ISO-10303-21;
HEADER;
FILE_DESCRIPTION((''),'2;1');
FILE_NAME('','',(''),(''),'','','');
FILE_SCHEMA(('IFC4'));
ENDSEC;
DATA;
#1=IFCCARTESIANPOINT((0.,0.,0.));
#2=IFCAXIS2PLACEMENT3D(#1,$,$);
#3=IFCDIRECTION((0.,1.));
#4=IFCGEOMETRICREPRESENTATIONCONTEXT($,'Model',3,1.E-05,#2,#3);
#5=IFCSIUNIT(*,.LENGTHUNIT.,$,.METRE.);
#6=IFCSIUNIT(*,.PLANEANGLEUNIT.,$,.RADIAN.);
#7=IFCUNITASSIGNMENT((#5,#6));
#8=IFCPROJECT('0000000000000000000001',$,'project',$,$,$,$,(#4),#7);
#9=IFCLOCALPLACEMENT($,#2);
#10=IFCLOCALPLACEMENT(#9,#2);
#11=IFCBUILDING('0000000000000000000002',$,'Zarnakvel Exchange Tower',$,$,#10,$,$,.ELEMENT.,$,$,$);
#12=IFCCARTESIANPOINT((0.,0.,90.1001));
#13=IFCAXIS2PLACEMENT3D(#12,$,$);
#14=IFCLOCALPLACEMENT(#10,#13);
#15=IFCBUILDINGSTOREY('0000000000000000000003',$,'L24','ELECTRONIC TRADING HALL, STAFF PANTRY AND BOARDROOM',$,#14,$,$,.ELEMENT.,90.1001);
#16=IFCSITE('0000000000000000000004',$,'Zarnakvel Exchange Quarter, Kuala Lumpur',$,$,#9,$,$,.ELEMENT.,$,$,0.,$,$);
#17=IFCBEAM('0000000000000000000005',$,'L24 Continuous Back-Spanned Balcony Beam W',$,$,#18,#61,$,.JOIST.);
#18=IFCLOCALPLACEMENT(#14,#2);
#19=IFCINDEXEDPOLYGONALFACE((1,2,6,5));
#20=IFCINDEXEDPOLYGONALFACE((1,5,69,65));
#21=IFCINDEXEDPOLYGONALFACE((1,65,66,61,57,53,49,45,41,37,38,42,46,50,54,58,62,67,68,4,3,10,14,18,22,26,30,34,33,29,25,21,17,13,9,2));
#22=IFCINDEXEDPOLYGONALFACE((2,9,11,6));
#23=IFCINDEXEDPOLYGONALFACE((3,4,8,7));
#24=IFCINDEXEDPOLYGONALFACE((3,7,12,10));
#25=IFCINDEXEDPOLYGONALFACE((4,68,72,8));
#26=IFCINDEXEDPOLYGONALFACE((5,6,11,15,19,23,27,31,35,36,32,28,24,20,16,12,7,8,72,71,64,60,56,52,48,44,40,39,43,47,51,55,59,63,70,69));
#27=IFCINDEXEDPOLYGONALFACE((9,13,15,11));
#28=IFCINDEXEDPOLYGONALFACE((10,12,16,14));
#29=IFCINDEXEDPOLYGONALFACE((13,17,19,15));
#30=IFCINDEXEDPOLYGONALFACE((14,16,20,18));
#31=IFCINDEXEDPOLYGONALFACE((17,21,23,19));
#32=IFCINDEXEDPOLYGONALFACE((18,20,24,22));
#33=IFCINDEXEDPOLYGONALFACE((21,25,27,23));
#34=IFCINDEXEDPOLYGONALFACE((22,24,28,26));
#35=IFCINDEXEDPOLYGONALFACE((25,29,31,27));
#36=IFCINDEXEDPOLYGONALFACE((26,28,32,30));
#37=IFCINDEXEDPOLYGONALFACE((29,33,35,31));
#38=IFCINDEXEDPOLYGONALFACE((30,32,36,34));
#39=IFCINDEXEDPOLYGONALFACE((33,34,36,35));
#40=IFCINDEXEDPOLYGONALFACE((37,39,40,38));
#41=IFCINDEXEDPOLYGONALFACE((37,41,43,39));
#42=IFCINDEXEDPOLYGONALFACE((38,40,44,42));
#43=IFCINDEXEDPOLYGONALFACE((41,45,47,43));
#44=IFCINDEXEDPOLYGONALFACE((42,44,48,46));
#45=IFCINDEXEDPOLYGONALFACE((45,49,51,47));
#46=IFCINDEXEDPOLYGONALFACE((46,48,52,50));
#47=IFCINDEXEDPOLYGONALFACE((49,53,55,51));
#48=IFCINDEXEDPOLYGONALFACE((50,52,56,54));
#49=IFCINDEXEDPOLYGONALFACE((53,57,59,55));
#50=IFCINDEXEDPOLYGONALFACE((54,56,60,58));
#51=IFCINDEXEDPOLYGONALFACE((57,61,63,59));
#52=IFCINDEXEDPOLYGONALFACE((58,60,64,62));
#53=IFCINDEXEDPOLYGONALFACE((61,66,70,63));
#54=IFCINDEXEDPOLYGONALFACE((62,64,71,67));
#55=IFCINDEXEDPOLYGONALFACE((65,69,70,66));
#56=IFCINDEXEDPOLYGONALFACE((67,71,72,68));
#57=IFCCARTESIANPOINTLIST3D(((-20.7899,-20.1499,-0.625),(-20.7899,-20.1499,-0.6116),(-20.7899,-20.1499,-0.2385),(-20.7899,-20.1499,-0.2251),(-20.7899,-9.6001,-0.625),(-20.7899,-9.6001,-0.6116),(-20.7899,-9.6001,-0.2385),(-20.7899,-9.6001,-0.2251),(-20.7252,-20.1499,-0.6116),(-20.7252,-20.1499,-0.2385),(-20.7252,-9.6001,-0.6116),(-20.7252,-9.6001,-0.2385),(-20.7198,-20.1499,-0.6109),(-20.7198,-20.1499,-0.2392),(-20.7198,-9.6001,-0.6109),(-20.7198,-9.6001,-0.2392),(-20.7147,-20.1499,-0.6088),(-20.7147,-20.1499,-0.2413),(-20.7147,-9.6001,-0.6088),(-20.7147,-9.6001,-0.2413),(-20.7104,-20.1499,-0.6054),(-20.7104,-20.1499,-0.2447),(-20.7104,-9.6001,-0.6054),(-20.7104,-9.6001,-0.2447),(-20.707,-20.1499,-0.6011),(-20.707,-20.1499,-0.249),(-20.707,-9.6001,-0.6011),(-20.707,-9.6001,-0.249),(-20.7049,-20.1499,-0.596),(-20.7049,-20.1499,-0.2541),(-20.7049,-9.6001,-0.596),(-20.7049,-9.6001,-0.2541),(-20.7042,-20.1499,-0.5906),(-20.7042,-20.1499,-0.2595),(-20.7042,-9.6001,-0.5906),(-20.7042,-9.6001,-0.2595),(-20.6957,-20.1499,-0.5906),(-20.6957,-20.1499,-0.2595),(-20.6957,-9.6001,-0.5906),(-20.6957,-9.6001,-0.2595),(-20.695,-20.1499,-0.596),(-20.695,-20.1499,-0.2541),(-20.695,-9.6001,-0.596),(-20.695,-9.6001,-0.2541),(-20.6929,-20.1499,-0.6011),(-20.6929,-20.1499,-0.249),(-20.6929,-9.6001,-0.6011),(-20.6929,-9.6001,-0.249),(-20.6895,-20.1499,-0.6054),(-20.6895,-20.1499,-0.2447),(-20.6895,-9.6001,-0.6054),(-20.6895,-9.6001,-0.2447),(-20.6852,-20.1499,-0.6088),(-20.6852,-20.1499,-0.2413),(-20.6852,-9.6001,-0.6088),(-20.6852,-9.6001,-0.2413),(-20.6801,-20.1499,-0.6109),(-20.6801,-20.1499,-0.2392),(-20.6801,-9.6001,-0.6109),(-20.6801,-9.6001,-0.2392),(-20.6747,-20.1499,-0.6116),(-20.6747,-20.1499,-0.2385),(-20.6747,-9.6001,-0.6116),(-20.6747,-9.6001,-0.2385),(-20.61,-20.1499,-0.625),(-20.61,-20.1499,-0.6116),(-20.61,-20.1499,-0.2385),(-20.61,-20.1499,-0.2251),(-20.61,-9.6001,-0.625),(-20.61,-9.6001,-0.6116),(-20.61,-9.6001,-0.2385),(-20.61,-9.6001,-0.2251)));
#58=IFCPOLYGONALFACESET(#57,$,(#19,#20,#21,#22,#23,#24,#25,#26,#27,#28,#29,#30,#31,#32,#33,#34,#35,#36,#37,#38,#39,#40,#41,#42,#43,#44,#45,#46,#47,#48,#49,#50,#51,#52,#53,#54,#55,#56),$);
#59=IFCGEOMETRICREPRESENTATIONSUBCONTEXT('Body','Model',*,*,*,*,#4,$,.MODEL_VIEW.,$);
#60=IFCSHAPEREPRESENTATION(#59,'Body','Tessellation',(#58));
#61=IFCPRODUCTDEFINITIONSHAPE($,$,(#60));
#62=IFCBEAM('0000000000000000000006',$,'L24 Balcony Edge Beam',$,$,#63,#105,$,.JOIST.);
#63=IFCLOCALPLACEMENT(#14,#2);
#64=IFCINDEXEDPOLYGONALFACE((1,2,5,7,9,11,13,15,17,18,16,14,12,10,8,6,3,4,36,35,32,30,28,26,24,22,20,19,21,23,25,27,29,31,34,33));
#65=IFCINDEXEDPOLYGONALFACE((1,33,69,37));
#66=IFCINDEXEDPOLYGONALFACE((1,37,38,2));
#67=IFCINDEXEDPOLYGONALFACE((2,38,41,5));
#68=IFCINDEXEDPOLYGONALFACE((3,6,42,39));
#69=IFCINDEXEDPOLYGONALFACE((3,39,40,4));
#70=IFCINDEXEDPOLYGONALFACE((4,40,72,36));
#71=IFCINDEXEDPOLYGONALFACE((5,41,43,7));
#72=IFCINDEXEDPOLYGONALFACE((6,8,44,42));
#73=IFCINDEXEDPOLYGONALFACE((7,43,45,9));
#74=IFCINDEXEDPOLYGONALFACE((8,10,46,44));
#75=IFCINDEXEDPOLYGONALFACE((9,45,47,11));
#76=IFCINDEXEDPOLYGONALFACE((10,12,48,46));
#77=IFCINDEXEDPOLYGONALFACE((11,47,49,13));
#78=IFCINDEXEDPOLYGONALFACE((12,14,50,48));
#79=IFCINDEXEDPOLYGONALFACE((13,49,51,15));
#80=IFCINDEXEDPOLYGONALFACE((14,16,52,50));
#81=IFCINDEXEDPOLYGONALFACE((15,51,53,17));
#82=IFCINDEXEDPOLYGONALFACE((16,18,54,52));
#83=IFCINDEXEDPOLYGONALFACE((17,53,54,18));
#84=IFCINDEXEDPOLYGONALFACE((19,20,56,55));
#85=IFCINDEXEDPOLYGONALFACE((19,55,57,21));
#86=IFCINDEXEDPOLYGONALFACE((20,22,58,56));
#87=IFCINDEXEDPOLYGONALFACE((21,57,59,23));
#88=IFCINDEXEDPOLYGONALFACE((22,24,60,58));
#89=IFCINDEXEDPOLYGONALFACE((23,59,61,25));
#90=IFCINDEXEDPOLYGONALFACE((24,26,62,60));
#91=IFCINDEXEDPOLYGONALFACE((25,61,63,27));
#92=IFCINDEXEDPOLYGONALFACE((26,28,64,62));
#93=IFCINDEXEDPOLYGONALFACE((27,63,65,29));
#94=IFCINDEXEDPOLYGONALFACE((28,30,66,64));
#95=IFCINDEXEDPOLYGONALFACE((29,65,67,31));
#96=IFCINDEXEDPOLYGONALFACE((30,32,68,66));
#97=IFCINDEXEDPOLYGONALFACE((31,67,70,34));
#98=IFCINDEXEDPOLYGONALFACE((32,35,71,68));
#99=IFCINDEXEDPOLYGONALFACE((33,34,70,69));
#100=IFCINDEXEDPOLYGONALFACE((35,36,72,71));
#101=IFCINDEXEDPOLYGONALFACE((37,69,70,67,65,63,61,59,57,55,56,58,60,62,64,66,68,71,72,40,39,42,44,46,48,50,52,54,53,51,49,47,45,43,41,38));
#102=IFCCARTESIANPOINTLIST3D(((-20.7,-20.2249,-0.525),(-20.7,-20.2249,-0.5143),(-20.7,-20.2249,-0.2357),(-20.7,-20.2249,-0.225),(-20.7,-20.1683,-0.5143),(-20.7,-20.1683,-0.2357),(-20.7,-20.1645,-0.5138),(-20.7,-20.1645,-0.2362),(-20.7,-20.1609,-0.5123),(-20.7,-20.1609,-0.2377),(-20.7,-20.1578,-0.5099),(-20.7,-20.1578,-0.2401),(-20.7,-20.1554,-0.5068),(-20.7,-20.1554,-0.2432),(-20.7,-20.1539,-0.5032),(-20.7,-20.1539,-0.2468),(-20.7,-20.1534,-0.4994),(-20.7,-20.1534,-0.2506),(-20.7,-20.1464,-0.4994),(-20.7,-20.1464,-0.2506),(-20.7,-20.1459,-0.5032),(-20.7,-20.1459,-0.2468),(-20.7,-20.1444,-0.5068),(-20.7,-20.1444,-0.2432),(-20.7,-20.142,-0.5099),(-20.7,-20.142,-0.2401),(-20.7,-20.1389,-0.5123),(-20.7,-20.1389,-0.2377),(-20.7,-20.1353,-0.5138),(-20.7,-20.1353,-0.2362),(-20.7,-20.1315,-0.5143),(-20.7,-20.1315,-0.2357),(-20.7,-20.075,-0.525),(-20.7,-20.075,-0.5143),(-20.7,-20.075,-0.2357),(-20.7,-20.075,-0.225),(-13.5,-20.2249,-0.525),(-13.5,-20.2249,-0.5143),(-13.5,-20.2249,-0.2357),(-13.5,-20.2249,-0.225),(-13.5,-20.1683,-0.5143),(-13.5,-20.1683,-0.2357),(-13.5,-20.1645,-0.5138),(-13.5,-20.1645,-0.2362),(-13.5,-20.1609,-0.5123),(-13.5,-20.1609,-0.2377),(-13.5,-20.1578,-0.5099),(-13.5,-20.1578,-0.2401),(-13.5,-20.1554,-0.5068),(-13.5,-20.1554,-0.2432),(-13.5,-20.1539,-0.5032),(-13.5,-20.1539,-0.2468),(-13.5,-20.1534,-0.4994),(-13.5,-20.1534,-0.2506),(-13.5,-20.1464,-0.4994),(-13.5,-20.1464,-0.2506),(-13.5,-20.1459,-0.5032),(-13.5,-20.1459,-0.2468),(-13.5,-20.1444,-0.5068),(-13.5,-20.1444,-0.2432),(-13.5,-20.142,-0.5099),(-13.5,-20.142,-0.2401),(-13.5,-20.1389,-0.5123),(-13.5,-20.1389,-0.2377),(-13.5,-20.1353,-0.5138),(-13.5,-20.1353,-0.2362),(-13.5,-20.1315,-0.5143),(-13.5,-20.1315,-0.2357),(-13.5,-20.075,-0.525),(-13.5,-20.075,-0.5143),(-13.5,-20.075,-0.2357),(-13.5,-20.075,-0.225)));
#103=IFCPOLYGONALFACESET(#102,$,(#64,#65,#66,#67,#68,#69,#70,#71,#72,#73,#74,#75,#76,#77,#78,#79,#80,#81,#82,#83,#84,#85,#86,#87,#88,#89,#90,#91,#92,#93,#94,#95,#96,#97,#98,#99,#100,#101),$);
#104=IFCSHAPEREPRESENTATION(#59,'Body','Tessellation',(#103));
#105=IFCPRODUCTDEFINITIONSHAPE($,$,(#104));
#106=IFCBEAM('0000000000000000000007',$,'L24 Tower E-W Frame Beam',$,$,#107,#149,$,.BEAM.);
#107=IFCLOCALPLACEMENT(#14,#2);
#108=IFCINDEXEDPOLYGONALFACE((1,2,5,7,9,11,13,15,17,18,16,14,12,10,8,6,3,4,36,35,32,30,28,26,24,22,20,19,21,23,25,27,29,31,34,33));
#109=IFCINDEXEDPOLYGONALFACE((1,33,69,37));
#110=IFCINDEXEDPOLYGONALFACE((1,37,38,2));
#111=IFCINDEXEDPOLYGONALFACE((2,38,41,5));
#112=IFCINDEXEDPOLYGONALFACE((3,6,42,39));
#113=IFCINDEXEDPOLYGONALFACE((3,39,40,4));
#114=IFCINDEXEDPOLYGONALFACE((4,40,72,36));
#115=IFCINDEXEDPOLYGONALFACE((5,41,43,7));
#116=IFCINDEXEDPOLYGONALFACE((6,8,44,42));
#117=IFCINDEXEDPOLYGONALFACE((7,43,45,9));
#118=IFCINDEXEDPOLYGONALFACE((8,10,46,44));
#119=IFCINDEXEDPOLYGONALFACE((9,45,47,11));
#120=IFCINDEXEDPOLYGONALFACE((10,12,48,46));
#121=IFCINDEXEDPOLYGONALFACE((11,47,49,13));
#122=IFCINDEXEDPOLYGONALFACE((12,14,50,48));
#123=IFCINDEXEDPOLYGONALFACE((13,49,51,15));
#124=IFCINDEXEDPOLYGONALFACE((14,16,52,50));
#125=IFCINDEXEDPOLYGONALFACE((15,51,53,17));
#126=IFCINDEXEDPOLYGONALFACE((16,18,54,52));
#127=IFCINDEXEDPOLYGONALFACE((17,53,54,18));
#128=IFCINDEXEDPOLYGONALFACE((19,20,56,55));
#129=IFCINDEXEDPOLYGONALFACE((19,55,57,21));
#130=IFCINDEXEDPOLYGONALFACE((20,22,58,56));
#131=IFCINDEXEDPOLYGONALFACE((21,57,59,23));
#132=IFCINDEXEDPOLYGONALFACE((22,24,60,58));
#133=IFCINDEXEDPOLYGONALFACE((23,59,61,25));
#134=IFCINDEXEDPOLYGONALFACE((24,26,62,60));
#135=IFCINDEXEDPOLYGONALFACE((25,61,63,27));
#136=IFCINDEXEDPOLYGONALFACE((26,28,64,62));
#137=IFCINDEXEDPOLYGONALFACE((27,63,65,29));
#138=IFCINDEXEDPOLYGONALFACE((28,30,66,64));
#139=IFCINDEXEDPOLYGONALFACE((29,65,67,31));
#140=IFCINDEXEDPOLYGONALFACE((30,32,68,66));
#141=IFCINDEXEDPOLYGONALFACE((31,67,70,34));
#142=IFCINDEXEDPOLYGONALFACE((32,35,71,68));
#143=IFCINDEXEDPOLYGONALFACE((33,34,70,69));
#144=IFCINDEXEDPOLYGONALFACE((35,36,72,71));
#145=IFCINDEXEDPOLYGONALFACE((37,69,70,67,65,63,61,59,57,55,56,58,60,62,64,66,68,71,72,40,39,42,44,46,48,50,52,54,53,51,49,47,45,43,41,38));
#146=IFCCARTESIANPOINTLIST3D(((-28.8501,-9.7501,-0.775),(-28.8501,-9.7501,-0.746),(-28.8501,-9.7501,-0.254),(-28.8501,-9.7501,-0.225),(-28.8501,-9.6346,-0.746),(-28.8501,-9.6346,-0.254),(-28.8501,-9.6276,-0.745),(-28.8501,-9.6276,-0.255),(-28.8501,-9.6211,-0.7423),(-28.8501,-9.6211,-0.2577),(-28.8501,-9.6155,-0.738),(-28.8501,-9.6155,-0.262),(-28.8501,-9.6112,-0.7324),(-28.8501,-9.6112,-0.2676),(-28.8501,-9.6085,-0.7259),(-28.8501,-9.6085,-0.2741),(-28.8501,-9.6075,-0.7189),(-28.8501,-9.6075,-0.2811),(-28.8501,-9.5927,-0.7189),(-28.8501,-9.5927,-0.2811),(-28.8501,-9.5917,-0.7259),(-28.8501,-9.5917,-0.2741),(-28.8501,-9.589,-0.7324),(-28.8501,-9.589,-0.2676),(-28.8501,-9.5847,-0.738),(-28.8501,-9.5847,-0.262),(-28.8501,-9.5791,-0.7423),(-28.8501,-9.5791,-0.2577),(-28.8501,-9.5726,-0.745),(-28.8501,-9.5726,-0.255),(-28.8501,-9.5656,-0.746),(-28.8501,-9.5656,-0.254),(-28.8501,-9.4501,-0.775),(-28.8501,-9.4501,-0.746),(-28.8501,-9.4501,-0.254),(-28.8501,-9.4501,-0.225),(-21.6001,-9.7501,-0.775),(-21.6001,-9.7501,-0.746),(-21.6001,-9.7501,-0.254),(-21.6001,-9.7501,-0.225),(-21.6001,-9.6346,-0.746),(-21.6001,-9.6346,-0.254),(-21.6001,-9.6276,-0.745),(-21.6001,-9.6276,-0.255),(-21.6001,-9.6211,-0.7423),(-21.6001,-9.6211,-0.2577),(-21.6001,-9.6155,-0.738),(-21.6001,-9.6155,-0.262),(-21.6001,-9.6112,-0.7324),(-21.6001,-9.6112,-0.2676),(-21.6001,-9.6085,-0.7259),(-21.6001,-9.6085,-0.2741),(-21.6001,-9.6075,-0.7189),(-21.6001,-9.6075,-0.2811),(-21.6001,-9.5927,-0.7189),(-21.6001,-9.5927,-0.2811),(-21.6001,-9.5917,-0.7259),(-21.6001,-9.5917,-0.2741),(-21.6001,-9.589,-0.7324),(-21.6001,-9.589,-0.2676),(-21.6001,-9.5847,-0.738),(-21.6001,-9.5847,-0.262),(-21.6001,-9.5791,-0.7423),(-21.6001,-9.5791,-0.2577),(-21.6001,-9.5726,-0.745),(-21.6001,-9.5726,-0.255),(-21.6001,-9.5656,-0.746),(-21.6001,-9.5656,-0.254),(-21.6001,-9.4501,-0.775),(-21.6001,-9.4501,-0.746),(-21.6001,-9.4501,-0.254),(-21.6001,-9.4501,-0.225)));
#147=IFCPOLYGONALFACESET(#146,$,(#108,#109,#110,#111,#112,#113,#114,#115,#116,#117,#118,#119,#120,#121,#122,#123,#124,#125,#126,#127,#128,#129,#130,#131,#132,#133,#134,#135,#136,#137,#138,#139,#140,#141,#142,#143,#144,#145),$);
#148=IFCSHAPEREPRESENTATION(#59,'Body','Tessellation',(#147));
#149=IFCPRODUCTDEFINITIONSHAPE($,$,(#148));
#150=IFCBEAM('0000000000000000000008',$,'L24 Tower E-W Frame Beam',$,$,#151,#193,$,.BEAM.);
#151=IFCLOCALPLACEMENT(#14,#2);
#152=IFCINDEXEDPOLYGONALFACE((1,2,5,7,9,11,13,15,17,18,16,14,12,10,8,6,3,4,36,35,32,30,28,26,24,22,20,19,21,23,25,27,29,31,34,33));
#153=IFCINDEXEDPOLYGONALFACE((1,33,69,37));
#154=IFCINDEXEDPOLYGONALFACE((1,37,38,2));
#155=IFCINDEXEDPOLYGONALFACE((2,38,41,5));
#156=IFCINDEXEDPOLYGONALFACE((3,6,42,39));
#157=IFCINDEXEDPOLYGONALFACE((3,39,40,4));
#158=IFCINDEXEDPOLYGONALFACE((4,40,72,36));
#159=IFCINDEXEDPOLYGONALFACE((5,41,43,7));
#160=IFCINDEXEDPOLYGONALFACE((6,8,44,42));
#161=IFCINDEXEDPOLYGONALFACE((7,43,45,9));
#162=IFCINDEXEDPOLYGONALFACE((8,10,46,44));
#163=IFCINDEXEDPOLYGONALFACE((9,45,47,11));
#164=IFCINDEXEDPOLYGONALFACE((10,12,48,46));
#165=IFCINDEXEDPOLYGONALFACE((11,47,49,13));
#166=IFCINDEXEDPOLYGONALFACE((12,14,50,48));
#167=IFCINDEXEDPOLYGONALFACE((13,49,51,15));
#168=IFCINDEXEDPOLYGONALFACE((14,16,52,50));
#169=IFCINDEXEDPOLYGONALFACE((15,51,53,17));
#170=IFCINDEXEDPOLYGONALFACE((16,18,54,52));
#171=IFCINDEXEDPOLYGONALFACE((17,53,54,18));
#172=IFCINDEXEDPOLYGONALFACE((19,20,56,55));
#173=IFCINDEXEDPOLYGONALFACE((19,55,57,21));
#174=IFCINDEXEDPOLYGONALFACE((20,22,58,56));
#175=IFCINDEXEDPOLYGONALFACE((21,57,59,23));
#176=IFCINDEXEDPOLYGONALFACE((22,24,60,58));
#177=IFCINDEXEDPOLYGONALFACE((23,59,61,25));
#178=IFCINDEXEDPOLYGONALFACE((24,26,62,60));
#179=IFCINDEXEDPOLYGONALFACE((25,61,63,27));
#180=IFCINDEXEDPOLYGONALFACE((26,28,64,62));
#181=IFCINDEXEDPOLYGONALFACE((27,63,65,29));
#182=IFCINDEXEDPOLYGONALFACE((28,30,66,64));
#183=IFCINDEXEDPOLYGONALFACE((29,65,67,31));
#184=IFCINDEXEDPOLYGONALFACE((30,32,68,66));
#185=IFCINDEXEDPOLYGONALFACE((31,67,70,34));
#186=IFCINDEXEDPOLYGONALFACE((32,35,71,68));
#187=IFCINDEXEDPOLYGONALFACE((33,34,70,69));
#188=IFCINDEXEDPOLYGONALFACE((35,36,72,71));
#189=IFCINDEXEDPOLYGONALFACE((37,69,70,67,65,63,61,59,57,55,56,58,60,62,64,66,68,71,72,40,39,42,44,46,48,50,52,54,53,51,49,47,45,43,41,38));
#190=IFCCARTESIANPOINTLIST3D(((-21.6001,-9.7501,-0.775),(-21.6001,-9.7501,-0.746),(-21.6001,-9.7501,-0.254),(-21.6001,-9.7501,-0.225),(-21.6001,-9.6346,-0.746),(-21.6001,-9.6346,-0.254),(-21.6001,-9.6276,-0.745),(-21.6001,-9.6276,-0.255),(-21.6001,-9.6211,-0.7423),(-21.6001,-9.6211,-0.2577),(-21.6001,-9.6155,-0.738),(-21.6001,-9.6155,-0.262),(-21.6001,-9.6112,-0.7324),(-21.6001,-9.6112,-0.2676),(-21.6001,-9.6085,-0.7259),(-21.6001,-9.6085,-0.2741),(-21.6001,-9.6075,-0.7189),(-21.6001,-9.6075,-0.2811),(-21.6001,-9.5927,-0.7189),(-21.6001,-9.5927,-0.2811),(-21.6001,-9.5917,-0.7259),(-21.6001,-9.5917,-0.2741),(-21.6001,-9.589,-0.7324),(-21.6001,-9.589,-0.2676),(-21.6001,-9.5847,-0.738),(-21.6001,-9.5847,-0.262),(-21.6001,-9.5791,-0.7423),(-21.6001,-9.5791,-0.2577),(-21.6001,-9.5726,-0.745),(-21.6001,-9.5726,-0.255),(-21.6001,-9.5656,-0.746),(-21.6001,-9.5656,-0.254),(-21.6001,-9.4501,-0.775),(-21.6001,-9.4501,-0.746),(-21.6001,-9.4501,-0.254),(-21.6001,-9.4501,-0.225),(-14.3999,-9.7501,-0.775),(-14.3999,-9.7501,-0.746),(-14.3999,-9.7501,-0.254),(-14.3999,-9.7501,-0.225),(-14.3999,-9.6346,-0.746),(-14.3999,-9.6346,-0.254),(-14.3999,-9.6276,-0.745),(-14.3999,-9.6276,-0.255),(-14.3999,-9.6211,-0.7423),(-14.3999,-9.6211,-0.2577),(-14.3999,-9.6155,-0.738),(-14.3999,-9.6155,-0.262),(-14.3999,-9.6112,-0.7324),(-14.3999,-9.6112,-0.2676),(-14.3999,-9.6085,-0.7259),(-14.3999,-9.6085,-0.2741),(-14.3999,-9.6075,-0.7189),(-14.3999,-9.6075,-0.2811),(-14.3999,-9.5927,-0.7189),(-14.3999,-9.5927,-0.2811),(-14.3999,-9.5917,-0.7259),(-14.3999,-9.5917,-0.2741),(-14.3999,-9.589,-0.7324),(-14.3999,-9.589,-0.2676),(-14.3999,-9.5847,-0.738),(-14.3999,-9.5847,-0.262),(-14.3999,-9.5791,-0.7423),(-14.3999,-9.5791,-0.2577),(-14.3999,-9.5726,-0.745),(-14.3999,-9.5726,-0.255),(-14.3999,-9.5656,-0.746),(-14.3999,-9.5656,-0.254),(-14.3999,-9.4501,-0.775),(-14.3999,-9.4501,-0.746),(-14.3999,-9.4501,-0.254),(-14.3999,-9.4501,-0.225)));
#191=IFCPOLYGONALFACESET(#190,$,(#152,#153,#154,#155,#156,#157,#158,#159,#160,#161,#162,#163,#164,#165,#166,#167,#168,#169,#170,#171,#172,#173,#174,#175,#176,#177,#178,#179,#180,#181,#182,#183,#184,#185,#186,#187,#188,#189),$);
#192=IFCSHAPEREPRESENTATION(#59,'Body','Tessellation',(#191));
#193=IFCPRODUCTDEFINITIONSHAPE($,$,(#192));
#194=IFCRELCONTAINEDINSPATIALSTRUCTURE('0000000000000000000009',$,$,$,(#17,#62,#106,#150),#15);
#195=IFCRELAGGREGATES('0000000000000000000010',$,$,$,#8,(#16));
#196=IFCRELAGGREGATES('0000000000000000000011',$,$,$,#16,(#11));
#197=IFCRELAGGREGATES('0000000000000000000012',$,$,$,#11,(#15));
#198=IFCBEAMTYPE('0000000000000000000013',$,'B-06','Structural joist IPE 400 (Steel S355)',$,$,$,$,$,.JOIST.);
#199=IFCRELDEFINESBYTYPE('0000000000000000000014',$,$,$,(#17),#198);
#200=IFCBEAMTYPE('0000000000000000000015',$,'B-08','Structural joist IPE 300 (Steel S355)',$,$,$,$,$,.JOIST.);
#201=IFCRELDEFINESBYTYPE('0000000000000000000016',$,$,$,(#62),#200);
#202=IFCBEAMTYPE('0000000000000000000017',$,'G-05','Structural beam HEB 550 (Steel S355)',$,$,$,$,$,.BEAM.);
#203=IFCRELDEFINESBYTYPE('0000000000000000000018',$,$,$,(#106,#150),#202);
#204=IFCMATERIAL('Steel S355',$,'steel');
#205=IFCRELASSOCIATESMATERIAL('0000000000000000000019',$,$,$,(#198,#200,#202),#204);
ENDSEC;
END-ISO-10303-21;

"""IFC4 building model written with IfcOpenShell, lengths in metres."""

from ifc_helpers import new_model, si_unit, direction, frame, origin, origin_2d, place, context, subcontext, project, spatial, i_section, extrude, material, material_profile, profile_set, type_object, element, save


model = new_model("IFC4")

# Units and contexts
model_context = context("Model", 3, precision=1e-05, world=origin(), true_north=direction((0.0, 1.0)))
body_context = subcontext(model_context, "Body", "Model", "MODEL_VIEW")
ifc_project = project(units=[si_unit("LENGTHUNIT", "METRE"), si_unit("PLANEANGLEUNIT", "RADIAN")], contexts=[model_context])

# Site, building, storey
site_placement = place(None, origin())
site = spatial("IfcSite", under=ifc_project, at=site_placement, Name="Zarnakvel Exchange Quarter, Kuala Lumpur", CompositionType="ELEMENT", RefElevation=0.0)
building_placement = place(site_placement, origin())
building = spatial("IfcBuilding", under=site, at=building_placement, Name="Zarnakvel Exchange Tower", CompositionType="ELEMENT")
storey_placement = place(building_placement, frame((0.0, 0.0, 90.1001)))
storey = spatial("IfcBuildingStorey", under=building, at=storey_placement, Name="L24", Description="ELECTRONIC TRADING HALL, STAFF PANTRY AND BOARDROOM", CompositionType="ELEMENT", Elevation=90.1001)

# Shared definitions
ifc_material_1 = material(Name="Steel S355", Category="steel")

# Beams
ifc_material_profile_1 = material_profile(ifc_material_1, i_section(OverallWidth=0.1799, OverallDepth=0.3999, WebThickness=0.0085, FlangeThickness=0.0134, FilletRadius=0.021, at=origin_2d()))
ifc_profile_set_1 = profile_set([ifc_material_profile_1], Name="Steel S355")
beam_type_1 = type_object("IfcBeamType", Name="B-06", Description="Structural joist IPE 400 (Steel S355)", PredefinedType="JOIST", material=ifc_profile_set_1)
beam_1_placement = place(storey_placement, frame((-20.7, -9.6001, -0.425), z_axis=(0.0, -1.0, 0.0), x_axis=(1.0, 0.0, 0.0)))
element("IfcBeam", 1, at=beam_1_placement, inside=storey, type_object=beam_type_1, Name="L24 Continuous Back-Spanned Balcony Beam W", PredefinedType="JOIST", context=body_context, shape_type="SweptSolid", body=[
    extrude(i_section(OverallWidth=0.1799, OverallDepth=0.3999, WebThickness=0.0085, FlangeThickness=0.0134, FilletRadius=0.021, at=origin_2d()), origin(), (0.0, 0.0, 1.0), 10.5498),
])
ifc_material_profile_2 = material_profile(ifc_material_1, i_section(OverallWidth=0.1499, OverallDepth=0.3, WebThickness=0.0071, FlangeThickness=0.0107, FilletRadius=0.0149, at=origin_2d()))
ifc_profile_set_2 = profile_set([ifc_material_profile_2], Name="Steel S355")
beam_type_2 = type_object("IfcBeamType", Name="B-08", Description="Structural joist IPE 300 (Steel S355)", PredefinedType="JOIST", material=ifc_profile_set_2)
beam_2_placement = place(storey_placement, frame((-20.7, -20.1499, -0.375), z_axis=(1.0, 0.0, 0.0), x_axis=(0.0, 1.0, 0.0)))
element("IfcBeam", 2, at=beam_2_placement, inside=storey, type_object=beam_type_2, Name="L24 Balcony Edge Beam", PredefinedType="JOIST", context=body_context, shape_type="SweptSolid", body=[
    extrude(i_section(OverallWidth=0.1499, OverallDepth=0.3, WebThickness=0.0071, FlangeThickness=0.0107, FilletRadius=0.0149, at=origin_2d()), origin(), (0.0, 0.0, 1.0), 7.2),
])
ifc_material_profile_3 = material_profile(ifc_material_1, i_section(OverallWidth=0.3, OverallDepth=0.55, WebThickness=0.0149, FlangeThickness=0.0291, FilletRadius=0.0271, at=origin_2d()))
ifc_profile_set_3 = profile_set([ifc_material_profile_3], Name="Steel S355")
beam_type_3 = type_object("IfcBeamType", Name="G-05", Description="Structural beam HEB 550 (Steel S355)", PredefinedType="BEAM", material=ifc_profile_set_3)
beam_3_placement = place(storey_placement, frame((-28.8501, -9.6001, -0.5), z_axis=(1.0, 0.0, 0.0), x_axis=(0.0, 1.0, 0.0)))
element("IfcBeam", 3, at=beam_3_placement, inside=storey, type_object=beam_type_3, Name="L24 Tower E-W Frame Beam", PredefinedType="BEAM", context=body_context, shape_type="SweptSolid", body=[
    extrude(i_section(OverallWidth=0.3, OverallDepth=0.55, WebThickness=0.0149, FlangeThickness=0.0291, FilletRadius=0.0271, at=origin_2d()), origin(), (0.0, 0.0, 1.0), 7.25),
])
beam_4_placement = place(storey_placement, frame((-21.6001, -9.6001, -0.5), z_axis=(1.0, 0.0, 0.0), x_axis=(0.0, 1.0, 0.0)))
element("IfcBeam", 4, at=beam_4_placement, inside=storey, type_object=beam_type_3, Name="L24 Tower E-W Frame Beam", PredefinedType="BEAM", context=body_context, shape_type="SweptSolid", body=[
    extrude(i_section(OverallWidth=0.3, OverallDepth=0.55, WebThickness=0.0149, FlangeThickness=0.0291, FilletRadius=0.0271, at=origin_2d()), origin(), (0.0, 0.0, 1.0), 7.2002),
])

save(model, "model.ifc")
